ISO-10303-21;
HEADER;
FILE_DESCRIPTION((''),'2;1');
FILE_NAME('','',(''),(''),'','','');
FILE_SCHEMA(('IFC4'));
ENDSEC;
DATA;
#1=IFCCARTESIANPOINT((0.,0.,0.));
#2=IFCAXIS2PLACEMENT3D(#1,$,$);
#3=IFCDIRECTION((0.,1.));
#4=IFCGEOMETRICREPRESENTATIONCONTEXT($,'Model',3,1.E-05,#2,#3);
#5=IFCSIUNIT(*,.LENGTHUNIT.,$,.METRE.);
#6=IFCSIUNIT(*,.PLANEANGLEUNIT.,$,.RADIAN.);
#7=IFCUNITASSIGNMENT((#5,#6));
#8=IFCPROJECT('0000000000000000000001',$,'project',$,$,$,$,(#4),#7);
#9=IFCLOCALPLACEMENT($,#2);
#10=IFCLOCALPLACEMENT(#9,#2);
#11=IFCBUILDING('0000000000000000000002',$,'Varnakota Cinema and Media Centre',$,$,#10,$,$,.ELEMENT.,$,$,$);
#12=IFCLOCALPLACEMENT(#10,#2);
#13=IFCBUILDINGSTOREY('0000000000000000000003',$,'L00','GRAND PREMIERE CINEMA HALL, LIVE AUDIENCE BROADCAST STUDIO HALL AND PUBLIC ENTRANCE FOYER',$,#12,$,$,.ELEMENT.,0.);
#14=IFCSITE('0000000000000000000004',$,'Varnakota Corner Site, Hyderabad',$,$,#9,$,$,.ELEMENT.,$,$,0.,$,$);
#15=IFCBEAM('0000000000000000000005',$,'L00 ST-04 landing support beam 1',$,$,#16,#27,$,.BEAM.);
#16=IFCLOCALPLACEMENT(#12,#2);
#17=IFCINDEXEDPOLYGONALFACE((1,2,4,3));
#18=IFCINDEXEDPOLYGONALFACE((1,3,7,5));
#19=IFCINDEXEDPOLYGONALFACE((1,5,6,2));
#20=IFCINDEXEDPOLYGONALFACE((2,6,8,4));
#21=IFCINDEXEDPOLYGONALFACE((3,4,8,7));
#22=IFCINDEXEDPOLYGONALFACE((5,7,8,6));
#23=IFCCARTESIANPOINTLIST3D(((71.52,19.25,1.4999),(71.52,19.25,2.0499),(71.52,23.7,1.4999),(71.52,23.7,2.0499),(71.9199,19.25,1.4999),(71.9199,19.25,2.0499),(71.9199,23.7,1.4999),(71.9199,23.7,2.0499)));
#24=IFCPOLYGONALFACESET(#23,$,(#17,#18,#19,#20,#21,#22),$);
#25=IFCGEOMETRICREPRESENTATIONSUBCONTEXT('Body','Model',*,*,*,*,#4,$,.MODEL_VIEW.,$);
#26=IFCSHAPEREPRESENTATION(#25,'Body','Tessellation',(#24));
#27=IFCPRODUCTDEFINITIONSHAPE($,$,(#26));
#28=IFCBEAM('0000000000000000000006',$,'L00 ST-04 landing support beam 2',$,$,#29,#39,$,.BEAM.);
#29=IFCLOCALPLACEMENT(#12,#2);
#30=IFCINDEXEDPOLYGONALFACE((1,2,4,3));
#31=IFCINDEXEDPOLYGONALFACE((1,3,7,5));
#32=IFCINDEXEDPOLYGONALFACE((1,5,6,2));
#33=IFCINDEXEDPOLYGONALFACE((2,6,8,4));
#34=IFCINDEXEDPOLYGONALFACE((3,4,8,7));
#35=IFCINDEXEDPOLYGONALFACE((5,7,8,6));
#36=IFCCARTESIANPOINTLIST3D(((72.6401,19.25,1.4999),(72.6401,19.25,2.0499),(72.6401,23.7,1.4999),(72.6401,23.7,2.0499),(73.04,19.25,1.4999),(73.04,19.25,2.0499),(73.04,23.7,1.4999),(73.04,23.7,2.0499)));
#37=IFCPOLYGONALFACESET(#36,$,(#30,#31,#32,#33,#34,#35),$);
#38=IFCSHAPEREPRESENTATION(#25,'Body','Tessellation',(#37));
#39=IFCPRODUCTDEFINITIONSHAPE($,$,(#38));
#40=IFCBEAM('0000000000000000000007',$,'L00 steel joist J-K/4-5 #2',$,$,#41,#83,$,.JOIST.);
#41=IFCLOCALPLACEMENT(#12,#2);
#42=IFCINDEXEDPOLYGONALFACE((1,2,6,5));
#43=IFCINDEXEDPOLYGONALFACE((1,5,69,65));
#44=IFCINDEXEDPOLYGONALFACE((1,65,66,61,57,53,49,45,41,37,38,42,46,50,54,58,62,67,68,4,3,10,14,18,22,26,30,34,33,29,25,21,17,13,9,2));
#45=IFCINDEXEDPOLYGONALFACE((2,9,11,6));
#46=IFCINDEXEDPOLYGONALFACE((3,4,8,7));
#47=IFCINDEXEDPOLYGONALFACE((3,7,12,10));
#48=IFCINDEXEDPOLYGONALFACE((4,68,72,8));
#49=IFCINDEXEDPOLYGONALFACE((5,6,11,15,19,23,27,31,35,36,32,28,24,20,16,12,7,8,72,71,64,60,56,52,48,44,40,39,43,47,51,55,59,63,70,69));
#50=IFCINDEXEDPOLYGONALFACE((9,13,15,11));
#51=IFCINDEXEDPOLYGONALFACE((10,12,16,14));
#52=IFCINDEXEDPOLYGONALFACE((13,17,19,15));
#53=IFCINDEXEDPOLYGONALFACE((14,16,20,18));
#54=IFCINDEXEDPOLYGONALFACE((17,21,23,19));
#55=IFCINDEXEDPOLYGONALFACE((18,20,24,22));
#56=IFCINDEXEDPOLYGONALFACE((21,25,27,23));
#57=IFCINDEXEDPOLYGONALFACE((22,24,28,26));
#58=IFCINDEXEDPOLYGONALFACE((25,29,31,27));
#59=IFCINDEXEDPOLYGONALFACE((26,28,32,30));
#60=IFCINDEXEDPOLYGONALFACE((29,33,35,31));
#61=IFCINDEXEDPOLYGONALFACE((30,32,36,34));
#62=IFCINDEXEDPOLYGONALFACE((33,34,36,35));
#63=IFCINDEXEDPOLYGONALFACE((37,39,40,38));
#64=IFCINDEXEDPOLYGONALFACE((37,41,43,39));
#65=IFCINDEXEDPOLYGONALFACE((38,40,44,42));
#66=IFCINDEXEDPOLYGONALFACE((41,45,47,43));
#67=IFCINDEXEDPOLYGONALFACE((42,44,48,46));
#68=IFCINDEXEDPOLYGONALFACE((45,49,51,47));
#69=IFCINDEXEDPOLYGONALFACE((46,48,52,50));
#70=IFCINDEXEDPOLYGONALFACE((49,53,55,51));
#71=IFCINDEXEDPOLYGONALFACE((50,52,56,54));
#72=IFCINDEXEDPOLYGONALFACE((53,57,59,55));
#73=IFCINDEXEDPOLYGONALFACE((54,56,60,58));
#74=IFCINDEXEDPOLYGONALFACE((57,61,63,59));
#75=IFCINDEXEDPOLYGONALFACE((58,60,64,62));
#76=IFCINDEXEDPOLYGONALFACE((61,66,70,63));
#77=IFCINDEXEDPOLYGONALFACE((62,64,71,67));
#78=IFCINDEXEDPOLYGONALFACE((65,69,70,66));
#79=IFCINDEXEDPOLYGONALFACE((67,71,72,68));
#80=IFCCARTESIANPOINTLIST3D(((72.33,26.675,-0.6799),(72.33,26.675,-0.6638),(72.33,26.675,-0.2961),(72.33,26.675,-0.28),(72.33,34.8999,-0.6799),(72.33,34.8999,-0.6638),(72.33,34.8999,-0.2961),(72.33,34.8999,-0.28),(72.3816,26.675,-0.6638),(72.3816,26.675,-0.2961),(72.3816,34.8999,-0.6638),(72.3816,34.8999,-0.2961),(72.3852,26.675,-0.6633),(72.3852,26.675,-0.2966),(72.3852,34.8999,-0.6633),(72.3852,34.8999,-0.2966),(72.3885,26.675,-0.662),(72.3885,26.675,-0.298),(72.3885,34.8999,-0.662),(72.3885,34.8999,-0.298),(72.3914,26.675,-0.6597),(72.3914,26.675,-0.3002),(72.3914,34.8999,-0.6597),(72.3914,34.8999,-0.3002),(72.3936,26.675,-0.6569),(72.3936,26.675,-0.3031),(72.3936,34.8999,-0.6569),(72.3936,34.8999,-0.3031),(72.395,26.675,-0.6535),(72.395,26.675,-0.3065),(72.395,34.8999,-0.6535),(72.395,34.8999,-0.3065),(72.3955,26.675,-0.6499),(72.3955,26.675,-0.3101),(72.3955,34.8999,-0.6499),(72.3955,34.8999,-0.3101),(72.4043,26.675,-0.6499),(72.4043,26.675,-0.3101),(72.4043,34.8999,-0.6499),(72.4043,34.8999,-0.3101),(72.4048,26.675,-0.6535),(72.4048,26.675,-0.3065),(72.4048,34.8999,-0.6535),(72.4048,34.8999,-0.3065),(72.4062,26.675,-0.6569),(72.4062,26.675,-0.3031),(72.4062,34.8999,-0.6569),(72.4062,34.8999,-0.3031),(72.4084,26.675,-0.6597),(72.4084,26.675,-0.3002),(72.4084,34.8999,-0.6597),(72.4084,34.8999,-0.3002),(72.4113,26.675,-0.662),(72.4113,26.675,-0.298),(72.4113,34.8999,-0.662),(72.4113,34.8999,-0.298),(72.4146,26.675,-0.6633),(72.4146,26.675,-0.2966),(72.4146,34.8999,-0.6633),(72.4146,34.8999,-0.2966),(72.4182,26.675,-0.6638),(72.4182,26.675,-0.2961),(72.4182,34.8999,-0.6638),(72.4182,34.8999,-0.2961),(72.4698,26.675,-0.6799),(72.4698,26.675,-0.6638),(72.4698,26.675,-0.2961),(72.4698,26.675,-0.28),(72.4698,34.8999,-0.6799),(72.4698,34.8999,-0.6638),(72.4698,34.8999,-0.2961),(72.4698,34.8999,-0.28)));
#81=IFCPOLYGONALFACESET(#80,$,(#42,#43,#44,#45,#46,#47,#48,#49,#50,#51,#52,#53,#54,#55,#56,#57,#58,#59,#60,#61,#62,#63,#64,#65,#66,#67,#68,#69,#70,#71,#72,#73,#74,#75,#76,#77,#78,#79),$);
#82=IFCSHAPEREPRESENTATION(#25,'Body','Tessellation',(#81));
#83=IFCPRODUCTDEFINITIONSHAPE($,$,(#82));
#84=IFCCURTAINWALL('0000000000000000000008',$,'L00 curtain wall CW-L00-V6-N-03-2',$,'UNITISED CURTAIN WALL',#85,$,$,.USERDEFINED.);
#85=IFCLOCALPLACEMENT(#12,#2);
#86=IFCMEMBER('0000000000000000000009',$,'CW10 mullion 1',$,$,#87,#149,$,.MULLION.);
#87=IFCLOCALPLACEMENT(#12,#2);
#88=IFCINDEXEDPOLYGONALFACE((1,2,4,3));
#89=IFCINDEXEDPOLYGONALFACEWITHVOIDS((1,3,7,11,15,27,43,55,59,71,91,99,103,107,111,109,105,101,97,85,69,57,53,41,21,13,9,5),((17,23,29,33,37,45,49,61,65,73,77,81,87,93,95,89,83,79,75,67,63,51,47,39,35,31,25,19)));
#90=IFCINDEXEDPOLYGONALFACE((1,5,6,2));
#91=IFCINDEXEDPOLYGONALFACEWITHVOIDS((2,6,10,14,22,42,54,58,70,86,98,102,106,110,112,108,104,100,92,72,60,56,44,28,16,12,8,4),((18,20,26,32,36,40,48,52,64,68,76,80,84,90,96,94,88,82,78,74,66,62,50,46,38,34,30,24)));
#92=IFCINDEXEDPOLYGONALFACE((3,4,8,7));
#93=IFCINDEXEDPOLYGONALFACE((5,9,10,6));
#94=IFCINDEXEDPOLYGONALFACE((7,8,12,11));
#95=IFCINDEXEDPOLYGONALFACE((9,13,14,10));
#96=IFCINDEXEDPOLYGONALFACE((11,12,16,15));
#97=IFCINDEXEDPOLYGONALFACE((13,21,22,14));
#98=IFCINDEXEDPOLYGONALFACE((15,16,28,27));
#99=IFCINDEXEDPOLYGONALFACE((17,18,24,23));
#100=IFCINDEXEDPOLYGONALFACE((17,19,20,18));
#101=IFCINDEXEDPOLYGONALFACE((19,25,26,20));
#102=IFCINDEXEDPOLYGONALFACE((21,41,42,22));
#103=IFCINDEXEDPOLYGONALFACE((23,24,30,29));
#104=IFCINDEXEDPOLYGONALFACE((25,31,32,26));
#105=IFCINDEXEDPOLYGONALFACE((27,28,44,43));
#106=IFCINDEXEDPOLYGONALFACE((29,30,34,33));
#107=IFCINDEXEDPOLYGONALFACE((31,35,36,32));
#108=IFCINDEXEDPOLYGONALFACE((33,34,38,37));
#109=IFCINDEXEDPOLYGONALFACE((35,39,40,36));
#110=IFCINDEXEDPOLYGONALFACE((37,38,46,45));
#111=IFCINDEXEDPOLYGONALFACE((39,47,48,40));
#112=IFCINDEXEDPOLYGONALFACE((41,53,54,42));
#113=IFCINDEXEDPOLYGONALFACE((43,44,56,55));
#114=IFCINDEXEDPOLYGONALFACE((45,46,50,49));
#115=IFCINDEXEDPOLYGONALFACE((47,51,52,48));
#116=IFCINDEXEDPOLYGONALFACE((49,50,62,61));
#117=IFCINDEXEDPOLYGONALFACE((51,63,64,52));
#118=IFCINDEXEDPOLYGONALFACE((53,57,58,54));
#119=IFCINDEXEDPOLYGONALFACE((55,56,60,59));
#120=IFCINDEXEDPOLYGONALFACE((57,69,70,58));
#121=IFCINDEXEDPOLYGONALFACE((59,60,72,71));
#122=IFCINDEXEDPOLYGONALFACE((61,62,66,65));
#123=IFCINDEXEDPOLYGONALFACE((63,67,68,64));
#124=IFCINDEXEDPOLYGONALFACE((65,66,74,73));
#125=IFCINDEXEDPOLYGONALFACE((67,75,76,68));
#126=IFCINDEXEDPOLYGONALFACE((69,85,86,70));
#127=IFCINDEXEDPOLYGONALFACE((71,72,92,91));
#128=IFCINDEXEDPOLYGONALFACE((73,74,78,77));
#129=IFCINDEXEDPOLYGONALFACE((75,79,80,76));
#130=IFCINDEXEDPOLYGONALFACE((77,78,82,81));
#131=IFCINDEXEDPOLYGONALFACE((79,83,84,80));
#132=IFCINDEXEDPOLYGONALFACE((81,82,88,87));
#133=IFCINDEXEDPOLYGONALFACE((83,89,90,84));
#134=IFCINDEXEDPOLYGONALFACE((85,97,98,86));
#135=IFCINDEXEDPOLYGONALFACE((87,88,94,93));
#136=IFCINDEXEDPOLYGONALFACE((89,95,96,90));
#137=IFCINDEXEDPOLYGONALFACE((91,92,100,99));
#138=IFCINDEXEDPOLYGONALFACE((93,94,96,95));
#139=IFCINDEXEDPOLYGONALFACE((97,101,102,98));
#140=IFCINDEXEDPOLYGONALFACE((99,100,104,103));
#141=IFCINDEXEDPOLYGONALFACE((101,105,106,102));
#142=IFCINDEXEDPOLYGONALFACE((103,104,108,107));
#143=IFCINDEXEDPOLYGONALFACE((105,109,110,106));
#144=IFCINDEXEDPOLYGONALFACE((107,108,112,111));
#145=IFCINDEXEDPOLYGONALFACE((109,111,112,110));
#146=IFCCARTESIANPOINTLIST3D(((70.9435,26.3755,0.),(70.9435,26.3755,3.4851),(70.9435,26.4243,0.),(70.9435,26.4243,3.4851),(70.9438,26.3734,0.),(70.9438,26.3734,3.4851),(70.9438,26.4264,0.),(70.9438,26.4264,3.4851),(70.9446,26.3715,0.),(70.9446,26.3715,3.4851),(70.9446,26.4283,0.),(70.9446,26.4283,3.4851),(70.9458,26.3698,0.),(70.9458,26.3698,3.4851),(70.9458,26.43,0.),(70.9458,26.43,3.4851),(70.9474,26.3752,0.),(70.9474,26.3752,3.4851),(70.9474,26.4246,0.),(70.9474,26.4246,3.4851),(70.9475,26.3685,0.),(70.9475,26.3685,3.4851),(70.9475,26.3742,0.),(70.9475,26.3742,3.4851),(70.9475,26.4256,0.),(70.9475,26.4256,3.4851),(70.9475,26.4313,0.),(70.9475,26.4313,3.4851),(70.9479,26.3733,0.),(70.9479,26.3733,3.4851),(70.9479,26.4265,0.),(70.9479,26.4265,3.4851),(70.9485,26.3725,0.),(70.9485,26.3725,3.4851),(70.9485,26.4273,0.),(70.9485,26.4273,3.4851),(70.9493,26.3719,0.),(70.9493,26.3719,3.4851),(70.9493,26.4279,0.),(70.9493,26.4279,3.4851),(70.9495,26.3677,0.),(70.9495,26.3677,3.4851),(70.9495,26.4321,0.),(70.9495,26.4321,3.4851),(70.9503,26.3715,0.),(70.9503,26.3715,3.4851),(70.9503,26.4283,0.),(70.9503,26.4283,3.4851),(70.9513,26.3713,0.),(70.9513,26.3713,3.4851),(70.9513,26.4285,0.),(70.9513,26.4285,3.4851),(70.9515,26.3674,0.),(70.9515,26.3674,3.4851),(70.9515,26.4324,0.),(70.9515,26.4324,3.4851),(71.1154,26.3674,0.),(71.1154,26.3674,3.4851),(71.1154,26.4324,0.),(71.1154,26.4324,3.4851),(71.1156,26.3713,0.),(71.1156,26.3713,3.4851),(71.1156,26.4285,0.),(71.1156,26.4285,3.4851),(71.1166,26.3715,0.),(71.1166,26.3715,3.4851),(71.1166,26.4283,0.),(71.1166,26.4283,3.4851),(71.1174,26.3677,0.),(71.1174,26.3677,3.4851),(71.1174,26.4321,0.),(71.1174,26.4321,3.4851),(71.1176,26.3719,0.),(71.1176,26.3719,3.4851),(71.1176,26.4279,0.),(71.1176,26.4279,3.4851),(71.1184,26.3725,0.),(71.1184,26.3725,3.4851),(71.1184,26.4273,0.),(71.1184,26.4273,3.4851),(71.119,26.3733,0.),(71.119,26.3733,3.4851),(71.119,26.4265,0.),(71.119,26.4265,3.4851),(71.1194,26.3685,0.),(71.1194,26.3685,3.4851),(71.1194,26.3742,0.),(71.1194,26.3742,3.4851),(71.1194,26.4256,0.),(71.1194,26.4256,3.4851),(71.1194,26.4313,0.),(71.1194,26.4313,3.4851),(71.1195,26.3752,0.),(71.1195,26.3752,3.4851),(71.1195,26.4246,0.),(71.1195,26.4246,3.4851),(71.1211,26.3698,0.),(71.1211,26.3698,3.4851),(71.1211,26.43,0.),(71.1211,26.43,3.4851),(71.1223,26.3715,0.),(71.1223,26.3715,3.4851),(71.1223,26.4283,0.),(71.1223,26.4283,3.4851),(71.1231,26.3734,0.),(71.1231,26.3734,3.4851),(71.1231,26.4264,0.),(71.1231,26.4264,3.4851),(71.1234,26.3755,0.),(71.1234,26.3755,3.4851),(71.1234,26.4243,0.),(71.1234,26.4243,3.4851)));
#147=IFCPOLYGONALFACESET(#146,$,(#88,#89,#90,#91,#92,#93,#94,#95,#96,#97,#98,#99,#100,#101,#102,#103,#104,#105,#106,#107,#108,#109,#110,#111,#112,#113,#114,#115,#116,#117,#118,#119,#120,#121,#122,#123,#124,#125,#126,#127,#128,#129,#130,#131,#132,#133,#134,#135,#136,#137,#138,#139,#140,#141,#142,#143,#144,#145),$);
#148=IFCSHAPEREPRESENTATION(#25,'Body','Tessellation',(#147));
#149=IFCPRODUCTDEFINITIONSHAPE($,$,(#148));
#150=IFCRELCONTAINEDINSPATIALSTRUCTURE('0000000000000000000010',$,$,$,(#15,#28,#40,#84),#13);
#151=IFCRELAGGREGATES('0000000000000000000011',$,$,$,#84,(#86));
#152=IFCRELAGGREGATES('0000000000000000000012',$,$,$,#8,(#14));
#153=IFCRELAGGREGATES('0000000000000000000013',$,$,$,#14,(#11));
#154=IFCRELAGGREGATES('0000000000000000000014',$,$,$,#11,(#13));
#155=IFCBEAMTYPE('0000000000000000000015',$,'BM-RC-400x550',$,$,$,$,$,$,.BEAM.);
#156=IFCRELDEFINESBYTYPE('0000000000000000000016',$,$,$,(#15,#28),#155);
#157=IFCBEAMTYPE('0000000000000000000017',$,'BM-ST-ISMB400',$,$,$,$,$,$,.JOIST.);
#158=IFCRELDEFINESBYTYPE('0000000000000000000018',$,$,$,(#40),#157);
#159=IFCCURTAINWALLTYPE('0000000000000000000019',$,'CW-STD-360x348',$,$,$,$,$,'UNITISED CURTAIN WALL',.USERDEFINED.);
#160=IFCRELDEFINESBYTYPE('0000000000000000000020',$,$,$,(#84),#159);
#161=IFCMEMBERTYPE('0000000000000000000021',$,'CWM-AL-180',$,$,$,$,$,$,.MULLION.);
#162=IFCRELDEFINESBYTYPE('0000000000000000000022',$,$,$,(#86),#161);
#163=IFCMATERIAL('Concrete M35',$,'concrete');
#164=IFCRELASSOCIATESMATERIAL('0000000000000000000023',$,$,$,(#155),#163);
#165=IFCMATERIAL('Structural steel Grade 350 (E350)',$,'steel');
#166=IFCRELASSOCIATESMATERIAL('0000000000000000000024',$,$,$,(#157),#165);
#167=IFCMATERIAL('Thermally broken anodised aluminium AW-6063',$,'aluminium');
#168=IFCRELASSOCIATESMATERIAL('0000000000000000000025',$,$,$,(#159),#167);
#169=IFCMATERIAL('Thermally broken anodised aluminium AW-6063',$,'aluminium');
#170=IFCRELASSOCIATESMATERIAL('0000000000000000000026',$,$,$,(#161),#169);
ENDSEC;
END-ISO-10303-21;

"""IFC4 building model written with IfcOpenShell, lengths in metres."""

from ifc_helpers import new_model, si_unit, direction, frame, origin, origin_2d, place, context, subcontext, project, spatial, rectangle, hollow_rectangle, i_section, extrude, material, material_profile, profile_set, type_object, element, aggregate, save


model = new_model("IFC4")

# Units and contexts
model_context = context("Model", 3, precision=1e-05, world=origin(), true_north=direction((0.0, 1.0)))
body_context = subcontext(model_context, "Body", "Model", "MODEL_VIEW")
ifc_project = project(units=[si_unit("LENGTHUNIT", "METRE"), si_unit("PLANEANGLEUNIT", "RADIAN")], contexts=[model_context])

# Site, building, storey
site_placement = place(None, origin())
site = spatial("IfcSite", under=ifc_project, at=site_placement, Name="Varnakota Corner Site, Hyderabad", CompositionType="ELEMENT", RefElevation=0.0)
building_placement = place(site_placement, origin())
building = spatial("IfcBuilding", under=site, at=building_placement, Name="Varnakota Cinema and Media Centre", CompositionType="ELEMENT")
storey_placement = place(building_placement, origin())
storey = spatial("IfcBuildingStorey", under=building, at=storey_placement, Name="L00", Description="GRAND PREMIERE CINEMA HALL, LIVE AUDIENCE BROADCAST STUDIO HALL AND PUBLIC ENTRANCE FOYER", CompositionType="ELEMENT", Elevation=0.0)

# Beams
ifc_material_1 = material(Name="Concrete M35", Category="concrete")
ifc_material_profile_1 = material_profile(ifc_material_1, rectangle(XDim=0.3999, YDim=0.55, at=origin_2d()), Name="RCB 400x550")
ifc_profile_set_1 = profile_set([ifc_material_profile_1], Name="Concrete M35")
beam_type_1 = type_object("IfcBeamType", Name="BM-RC-400x550", PredefinedType="BEAM", material=ifc_profile_set_1)
for number, where, z_axis, x_axis, name in (
    (1, (71.72, 19.25, 1.7749), (0.0, 1.0, 0.0), (-1.0, 0.0, 0.0), "L00 ST-04 landing support beam 1"),
    (2, (72.8401, 19.25, 1.7749), (0.0, 1.0, 0.0), (-1.0, 0.0, 0.0), "L00 ST-04 landing support beam 2"),
):
    element("IfcBeam", number, at=place(storey_placement, frame(where, z_axis=z_axis, x_axis=x_axis)), inside=storey, type_object=beam_type_1, Name=name, PredefinedType="BEAM", context=body_context, shape_type="SweptSolid", body=[
        extrude(rectangle(XDim=0.3999, YDim=0.55, at=origin_2d()), origin(), (0.0, 0.0, 1.0), 4.45),
    ])
ifc_material_2 = material(Name="Structural steel Grade 350 (E350)", Category="steel")
ifc_material_profile_2 = material_profile(ifc_material_2, i_section(OverallWidth=0.1399, OverallDepth=0.3999, WebThickness=0.0088, FlangeThickness=0.0161, FilletRadius=0.0139, at=origin_2d()), Name="ISMB 400")
ifc_profile_set_2 = profile_set([ifc_material_profile_2], Name="Structural steel Grade 350 (E350)")
beam_type_2 = type_object("IfcBeamType", Name="BM-ST-ISMB400", PredefinedType="JOIST", material=ifc_profile_set_2)
beam_placement = place(storey_placement, frame((72.3999, 26.675, -0.48), z_axis=(0.0, 1.0, 0.0), x_axis=(-1.0, 0.0, 0.0)))
element("IfcBeam", 3, at=beam_placement, inside=storey, type_object=beam_type_2, Name="L00 steel joist J-K/4-5 #2", PredefinedType="JOIST", context=body_context, shape_type="SweptSolid", body=[
    extrude(i_section(OverallWidth=0.1399, OverallDepth=0.3999, WebThickness=0.0088, FlangeThickness=0.0161, FilletRadius=0.0139, at=origin_2d()), origin(), (0.0, 0.0, 1.0), 8.2249),
])

# Curtain wall, member
ifc_material_3 = material(Name="Thermally broken anodised aluminium AW-6063", Category="aluminium")
curtain_wall_type_1 = type_object("IfcCurtainWallType", Name="CW-STD-360x348", ElementType="UNITISED CURTAIN WALL", PredefinedType="USERDEFINED", material=ifc_material_3)
curtain_wall_1_placement = place(storey_placement, origin())
curtain_wall_1 = element("IfcCurtainWall", 4, at=curtain_wall_1_placement, inside=storey, type_object=curtain_wall_type_1, Name="L00 curtain wall CW-L00-V6-N-03-2", ObjectType="UNITISED CURTAIN WALL", PredefinedType="USERDEFINED")
ifc_material_4 = material(Name="Thermally broken anodised aluminium AW-6063", Category="aluminium")
ifc_material_profile_3 = material_profile(ifc_material_4, hollow_rectangle(XDim=0.0649, YDim=0.1799, WallThickness=0.0039, InnerFilletRadius=0.0039, OuterFilletRadius=0.0081, at=origin_2d()), Name="AL-MULLION 180x65x4")
ifc_profile_set_3 = profile_set([ifc_material_profile_3], Name="Thermally broken anodised aluminium AW-6063")
member_type_1 = type_object("IfcMemberType", Name="CWM-AL-180", PredefinedType="MULLION", material=ifc_profile_set_3)
member_1_placement = place(storey_placement, frame((71.0334, 26.3999, 0.0), z_axis=(0.0, 0.0, 1.0), x_axis=(0.0, 1.0, 0.0)))
member_1 = element("IfcMember", 5, at=member_1_placement, type_object=member_type_1, Name="CW10 mullion 1", PredefinedType="MULLION", context=body_context, shape_type="SweptSolid", body=[
    extrude(hollow_rectangle(XDim=0.0649, YDim=0.1799, WallThickness=0.0039, InnerFilletRadius=0.0039, OuterFilletRadius=0.0081, at=origin_2d()), origin(), (0.0, 0.0, 1.0), 3.4851),
])

aggregate(curtain_wall_1, [member_1])

save(model, "model.ifc")
